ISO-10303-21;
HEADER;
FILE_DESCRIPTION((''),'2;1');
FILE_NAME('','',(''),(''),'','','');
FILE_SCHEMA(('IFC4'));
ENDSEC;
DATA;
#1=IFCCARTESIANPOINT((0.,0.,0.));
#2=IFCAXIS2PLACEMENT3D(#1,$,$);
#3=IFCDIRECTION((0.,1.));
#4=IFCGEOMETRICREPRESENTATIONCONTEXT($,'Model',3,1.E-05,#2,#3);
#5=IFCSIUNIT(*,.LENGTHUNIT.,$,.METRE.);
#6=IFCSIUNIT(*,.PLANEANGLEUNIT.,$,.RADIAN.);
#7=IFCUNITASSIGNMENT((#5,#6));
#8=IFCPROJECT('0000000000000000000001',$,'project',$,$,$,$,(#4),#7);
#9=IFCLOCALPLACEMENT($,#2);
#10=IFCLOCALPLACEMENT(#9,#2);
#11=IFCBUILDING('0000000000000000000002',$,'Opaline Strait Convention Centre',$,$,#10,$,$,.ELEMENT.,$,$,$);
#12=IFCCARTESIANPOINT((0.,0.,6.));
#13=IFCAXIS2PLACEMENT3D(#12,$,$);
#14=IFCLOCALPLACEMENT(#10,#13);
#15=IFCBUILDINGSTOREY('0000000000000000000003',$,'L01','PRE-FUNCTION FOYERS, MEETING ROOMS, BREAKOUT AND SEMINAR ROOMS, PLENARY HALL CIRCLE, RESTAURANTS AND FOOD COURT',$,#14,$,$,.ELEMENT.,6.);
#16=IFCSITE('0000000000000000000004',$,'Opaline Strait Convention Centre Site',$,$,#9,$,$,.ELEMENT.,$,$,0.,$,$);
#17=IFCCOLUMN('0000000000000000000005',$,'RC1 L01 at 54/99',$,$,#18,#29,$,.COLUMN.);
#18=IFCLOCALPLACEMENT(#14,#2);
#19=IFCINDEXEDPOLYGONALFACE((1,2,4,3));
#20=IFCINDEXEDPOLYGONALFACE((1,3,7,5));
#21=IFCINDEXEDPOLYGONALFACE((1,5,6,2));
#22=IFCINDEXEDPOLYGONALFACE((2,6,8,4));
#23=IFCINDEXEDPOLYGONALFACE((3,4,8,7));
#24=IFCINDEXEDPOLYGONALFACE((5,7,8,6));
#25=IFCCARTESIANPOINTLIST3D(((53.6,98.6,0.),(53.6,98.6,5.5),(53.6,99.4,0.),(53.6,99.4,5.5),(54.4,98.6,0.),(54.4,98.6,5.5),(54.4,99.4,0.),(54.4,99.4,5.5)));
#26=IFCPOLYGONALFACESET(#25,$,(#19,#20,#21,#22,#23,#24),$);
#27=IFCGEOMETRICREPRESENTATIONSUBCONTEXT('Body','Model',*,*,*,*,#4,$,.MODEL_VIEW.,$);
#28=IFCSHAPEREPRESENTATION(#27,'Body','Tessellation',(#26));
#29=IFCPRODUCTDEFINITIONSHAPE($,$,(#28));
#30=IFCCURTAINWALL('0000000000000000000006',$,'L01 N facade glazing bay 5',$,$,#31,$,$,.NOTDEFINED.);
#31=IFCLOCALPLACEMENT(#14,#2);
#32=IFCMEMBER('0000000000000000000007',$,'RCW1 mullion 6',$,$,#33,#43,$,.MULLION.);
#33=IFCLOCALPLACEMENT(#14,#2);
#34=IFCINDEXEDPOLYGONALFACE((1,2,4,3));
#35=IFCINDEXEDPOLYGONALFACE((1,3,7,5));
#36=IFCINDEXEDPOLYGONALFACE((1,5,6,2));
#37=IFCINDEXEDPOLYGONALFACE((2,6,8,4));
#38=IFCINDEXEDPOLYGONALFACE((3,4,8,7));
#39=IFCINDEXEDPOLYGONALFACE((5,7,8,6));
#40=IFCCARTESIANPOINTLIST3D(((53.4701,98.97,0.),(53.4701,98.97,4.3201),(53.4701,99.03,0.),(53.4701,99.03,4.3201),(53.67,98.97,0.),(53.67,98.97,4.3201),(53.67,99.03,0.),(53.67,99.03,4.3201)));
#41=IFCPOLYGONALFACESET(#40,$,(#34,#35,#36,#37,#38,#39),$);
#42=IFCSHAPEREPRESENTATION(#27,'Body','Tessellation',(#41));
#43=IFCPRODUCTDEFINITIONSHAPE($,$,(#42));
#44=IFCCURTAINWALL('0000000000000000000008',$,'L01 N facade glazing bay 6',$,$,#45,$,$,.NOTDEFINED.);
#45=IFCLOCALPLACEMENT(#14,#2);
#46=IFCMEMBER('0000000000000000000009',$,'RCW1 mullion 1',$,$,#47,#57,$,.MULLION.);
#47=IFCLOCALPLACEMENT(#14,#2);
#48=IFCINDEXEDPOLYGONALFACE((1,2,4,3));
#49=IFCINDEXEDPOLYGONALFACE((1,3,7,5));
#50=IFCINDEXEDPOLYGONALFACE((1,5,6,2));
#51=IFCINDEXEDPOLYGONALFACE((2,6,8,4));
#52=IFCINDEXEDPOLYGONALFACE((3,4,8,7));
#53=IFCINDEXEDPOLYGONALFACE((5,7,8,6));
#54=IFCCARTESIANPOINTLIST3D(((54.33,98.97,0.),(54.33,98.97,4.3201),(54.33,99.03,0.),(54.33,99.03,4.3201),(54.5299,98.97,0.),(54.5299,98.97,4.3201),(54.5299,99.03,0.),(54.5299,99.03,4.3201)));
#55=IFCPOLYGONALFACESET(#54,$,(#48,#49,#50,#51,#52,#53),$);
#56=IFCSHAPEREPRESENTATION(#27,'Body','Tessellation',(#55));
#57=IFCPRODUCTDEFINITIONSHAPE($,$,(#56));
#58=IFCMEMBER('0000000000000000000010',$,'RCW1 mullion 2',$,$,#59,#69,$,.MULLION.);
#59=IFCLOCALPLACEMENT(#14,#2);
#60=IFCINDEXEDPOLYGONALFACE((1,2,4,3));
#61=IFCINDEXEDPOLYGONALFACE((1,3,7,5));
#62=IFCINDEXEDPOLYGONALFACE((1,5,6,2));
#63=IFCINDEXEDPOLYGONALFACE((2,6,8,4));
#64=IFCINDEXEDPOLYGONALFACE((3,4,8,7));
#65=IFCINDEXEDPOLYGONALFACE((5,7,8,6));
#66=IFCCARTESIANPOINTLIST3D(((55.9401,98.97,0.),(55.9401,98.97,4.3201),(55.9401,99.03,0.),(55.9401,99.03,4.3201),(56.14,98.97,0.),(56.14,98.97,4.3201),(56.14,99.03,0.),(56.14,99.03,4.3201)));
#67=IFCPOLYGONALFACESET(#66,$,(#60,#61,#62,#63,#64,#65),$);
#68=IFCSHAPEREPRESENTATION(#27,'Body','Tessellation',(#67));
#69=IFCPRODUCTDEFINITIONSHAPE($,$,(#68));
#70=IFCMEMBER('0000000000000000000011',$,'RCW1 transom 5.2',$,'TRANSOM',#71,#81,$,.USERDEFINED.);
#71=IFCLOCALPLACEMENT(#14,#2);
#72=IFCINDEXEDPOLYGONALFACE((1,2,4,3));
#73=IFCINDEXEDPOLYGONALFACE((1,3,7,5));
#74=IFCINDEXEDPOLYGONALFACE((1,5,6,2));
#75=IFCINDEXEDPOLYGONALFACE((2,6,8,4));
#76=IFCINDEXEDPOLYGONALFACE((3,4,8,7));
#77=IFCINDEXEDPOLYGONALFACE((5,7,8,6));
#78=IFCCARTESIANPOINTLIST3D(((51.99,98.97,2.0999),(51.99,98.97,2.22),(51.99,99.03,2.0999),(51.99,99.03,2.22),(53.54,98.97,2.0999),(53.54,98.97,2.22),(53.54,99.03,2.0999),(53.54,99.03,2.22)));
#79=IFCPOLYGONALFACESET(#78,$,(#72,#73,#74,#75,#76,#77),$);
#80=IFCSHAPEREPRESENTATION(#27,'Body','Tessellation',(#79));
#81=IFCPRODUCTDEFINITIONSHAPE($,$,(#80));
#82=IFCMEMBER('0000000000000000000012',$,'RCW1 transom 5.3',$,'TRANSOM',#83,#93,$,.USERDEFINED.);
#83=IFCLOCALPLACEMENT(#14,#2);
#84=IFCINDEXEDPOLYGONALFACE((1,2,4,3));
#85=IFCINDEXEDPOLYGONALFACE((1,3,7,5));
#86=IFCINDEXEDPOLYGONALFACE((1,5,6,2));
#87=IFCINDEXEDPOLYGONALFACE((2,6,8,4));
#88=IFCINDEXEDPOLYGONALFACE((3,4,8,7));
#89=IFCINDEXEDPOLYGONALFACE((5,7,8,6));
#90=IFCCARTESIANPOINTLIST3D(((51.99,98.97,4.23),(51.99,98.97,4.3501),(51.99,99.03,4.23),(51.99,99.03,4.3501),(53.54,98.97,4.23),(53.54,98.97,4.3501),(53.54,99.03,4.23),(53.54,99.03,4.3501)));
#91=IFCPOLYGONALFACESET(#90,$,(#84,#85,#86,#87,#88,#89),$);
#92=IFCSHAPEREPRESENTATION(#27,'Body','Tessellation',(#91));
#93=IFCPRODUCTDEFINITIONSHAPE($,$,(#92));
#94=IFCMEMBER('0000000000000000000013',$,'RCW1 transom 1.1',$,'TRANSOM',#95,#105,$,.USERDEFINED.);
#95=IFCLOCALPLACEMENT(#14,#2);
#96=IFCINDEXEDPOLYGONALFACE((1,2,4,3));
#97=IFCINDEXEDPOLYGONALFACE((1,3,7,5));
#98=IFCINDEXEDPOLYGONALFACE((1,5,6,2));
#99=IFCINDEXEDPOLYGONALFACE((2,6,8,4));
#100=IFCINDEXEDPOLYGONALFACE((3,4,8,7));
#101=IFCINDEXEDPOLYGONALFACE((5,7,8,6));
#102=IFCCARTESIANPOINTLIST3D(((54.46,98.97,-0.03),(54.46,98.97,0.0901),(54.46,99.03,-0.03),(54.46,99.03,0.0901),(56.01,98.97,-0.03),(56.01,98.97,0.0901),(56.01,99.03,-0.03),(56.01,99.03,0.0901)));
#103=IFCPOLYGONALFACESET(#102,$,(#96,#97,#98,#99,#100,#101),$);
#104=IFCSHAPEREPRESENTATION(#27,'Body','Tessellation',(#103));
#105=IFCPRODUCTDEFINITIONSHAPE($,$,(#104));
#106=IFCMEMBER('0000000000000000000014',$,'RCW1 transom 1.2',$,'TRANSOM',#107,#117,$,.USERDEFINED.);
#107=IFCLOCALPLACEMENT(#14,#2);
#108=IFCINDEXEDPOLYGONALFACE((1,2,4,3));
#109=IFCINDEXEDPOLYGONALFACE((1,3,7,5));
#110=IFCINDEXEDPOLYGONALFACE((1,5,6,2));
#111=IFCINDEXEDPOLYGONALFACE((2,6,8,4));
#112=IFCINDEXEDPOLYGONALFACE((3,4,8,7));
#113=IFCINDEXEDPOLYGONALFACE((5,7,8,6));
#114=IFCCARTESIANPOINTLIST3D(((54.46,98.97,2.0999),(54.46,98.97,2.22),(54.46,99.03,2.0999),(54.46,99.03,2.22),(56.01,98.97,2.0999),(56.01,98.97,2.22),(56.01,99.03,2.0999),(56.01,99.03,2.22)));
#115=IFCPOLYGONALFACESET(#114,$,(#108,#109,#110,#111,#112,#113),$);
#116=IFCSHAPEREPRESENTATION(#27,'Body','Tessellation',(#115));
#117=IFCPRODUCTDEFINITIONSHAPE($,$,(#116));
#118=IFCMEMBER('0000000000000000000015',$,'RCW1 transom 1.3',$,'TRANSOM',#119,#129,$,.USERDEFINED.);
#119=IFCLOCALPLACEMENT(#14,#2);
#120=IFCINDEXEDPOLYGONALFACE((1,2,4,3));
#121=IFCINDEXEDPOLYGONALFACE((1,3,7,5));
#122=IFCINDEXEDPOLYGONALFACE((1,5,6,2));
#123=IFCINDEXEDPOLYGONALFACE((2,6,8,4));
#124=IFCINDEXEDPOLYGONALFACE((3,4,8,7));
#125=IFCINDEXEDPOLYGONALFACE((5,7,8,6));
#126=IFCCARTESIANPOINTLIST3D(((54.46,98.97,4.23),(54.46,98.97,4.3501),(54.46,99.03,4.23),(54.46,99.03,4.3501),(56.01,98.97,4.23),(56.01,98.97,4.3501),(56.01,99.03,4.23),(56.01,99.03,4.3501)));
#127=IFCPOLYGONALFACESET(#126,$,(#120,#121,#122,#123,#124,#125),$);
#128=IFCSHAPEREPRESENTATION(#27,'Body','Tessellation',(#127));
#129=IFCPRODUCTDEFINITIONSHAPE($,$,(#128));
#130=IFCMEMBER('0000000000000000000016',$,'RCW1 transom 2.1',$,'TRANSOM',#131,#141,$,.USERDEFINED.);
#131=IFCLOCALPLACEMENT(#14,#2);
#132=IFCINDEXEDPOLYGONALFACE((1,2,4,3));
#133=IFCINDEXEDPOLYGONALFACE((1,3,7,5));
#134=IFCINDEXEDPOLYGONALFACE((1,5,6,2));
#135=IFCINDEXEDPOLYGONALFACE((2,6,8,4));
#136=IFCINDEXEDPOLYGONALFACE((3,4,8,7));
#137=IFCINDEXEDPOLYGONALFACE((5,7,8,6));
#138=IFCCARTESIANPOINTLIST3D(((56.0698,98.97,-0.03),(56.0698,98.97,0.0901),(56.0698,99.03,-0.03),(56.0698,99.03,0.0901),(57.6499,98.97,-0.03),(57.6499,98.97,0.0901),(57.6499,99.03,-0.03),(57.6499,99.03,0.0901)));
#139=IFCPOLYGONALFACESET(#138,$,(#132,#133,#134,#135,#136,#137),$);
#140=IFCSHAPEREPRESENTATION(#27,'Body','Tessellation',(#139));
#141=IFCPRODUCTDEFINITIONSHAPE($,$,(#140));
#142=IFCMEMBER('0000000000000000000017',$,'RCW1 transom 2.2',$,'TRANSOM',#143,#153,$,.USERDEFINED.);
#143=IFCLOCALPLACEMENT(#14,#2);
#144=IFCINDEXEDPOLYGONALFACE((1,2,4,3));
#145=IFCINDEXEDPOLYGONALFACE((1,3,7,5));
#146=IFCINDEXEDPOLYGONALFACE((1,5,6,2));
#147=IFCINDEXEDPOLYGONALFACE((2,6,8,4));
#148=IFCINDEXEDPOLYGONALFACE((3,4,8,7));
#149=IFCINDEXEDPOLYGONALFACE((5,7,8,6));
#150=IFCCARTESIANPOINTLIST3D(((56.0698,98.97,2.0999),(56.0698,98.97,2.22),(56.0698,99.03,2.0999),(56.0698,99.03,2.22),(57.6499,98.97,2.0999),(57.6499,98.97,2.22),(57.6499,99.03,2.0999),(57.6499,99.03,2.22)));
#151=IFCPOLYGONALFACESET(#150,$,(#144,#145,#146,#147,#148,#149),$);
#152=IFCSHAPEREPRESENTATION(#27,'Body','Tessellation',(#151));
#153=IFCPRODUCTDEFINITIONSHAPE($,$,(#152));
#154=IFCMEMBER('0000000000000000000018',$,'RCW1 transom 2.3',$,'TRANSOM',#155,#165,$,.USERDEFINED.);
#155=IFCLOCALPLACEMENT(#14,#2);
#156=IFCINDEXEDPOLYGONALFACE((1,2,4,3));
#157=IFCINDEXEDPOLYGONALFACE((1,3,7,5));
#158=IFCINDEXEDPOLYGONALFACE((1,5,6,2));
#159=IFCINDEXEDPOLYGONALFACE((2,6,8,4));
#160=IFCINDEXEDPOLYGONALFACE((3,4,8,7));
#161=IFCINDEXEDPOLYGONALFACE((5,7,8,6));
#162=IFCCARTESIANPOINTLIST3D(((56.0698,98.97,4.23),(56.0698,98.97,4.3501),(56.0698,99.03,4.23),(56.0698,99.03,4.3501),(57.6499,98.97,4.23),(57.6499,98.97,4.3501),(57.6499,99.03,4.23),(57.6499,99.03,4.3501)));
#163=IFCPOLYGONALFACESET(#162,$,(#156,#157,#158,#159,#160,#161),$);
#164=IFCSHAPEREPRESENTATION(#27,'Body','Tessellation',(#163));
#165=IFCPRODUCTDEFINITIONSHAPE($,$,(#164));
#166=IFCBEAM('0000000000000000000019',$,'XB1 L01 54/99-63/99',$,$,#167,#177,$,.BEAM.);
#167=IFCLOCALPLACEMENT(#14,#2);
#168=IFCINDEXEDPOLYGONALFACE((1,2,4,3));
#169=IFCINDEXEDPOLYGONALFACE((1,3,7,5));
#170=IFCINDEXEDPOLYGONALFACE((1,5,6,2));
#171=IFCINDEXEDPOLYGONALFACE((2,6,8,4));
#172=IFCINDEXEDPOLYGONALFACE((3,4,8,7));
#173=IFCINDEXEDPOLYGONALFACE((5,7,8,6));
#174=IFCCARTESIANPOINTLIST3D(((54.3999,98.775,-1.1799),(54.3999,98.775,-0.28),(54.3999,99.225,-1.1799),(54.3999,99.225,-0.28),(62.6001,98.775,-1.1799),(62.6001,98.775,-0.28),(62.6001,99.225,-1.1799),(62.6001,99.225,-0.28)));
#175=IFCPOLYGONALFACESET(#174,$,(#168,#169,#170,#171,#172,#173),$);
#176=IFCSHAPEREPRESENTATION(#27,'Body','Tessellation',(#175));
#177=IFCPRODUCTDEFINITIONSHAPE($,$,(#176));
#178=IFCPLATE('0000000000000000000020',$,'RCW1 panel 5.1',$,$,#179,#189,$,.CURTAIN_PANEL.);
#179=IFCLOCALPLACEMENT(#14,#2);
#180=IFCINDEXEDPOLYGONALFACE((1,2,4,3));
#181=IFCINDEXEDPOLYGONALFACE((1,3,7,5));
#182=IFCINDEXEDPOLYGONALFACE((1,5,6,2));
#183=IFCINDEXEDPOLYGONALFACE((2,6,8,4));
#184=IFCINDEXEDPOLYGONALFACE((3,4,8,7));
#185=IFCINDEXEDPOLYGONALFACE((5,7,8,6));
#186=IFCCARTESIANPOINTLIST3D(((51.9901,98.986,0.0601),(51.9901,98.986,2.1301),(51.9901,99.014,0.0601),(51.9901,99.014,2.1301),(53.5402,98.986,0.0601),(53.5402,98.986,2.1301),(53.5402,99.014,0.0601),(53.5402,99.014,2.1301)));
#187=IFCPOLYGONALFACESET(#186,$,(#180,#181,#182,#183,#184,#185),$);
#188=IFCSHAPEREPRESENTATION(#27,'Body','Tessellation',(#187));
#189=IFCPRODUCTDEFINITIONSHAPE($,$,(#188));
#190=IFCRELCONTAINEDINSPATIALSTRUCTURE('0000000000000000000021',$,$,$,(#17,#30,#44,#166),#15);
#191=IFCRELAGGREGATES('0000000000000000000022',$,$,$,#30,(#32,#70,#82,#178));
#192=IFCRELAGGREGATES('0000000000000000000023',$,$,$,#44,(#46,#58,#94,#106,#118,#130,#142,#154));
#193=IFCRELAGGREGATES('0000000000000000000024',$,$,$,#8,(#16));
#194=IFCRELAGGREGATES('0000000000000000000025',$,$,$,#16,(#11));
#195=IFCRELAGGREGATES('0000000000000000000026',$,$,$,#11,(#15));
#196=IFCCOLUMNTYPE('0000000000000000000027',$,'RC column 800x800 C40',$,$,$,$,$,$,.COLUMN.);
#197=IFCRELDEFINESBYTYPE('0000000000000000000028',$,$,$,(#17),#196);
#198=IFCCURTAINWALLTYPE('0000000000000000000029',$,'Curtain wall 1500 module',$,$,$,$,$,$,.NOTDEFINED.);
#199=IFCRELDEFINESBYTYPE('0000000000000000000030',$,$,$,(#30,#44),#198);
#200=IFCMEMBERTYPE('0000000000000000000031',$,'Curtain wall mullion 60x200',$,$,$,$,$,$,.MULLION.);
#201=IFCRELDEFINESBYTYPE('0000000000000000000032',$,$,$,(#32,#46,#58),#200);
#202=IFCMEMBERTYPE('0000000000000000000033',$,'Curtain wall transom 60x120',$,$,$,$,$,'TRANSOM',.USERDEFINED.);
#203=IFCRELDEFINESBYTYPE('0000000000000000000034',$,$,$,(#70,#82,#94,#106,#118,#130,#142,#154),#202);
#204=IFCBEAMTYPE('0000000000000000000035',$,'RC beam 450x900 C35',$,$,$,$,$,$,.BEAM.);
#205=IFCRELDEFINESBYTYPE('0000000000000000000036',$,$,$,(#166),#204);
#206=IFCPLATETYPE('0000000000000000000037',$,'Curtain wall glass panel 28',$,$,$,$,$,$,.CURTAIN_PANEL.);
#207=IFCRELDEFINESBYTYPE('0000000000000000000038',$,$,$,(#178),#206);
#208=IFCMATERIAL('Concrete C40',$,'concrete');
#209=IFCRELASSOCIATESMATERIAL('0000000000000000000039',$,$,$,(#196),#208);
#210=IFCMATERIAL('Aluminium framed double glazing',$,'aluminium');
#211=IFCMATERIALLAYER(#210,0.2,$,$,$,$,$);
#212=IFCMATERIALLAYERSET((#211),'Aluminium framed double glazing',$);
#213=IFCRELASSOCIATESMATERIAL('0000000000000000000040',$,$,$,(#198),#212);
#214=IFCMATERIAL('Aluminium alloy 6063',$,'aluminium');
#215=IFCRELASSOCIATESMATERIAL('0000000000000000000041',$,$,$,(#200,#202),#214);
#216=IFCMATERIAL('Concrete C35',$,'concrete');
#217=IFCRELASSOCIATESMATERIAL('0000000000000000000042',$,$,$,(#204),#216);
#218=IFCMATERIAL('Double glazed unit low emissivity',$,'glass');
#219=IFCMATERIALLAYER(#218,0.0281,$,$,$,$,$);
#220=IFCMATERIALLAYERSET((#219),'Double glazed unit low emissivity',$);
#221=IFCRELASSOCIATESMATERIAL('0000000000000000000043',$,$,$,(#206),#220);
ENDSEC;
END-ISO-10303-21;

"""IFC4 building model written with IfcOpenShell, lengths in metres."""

from ifc_helpers import new_model, si_unit, direction, frame, origin, origin_2d, place, context, subcontext, project, spatial, rectangle, extrude, material, layer, layer_set, material_profile, profile_set, type_object, element, aggregate, save


model = new_model("IFC4")

# Units and contexts
model_context = context("Model", 3, precision=1e-05, world=origin(), true_north=direction((0.0, 1.0)))
body_context = subcontext(model_context, "Body", "Model", "MODEL_VIEW")
ifc_project = project(units=[si_unit("LENGTHUNIT", "METRE"), si_unit("PLANEANGLEUNIT", "RADIAN")], contexts=[model_context])

# Site, building, storey
site_placement = place(None, origin())
site = spatial("IfcSite", under=ifc_project, at=site_placement, Name="Opaline Strait Convention Centre Site", CompositionType="ELEMENT", RefElevation=0.0)
building_placement = place(site_placement, origin())
building = spatial("IfcBuilding", under=site, at=building_placement, Name="Opaline Strait Convention Centre", CompositionType="ELEMENT")
storey_placement = place(building_placement, frame((0.0, 0.0, 6.0)))
storey = spatial("IfcBuildingStorey", under=building, at=storey_placement, Name="L01", Description="PRE-FUNCTION FOYERS, MEETING ROOMS, BREAKOUT AND SEMINAR ROOMS, PLENARY HALL CIRCLE, RESTAURANTS AND FOOD COURT", CompositionType="ELEMENT", Elevation=6.0)

# Column
ifc_material_1 = material(Name="Concrete C40", Category="concrete")
ifc_material_profile_1 = material_profile(ifc_material_1, rectangle(XDim=0.8, YDim=0.8, at=origin_2d()), Name="RC 800x800")
ifc_profile_set_1 = profile_set([ifc_material_profile_1], Name="Concrete C40")
column_type = type_object("IfcColumnType", Name="RC column 800x800 C40", PredefinedType="COLUMN", material=ifc_profile_set_1)
column_placement = place(storey_placement, frame((54.0, 99.0, 0.0), z_axis=(0.0, 0.0, 1.0), x_axis=(1.0, 0.0, 0.0)))
element("IfcColumn", 1, at=column_placement, inside=storey, type_object=column_type, Name="RC1 L01 at 54/99", PredefinedType="COLUMN", context=body_context, shape_type="SweptSolid", body=[
    extrude(rectangle(XDim=0.8, YDim=0.8, at=origin_2d()), origin(), (0.0, 0.0, 1.0), 5.5),
])

# Curtain wall, member
ifc_material_2 = material(Name="Aluminium framed double glazing", Category="aluminium")
ifc_layer_1 = layer(ifc_material_2, 0.2)
ifc_layer_set_1 = layer_set([ifc_layer_1], Name="Aluminium framed double glazing")
curtain_wall_type = type_object("IfcCurtainWallType", Name="Curtain wall 1500 module", PredefinedType="NOTDEFINED", material=ifc_layer_set_1)
curtain_wall_1_placement = place(storey_placement, origin())
curtain_wall_1 = element("IfcCurtainWall", 2, at=curtain_wall_1_placement, inside=storey, type_object=curtain_wall_type, Name="L01 N facade glazing bay 5", PredefinedType="NOTDEFINED")
ifc_material_3 = material(Name="Aluminium alloy 6063", Category="aluminium")
ifc_material_profile_2 = material_profile(ifc_material_3, rectangle(XDim=0.0601, YDim=0.2, at=origin_2d()), Name="Curtain wall mullion 60x200")
ifc_profile_set_2 = profile_set([ifc_material_profile_2], Name="Aluminium alloy 6063")
member_type_1 = type_object("IfcMemberType", Name="Curtain wall mullion 60x200", PredefinedType="MULLION", material=ifc_profile_set_2)
member_1_placement = place(storey_placement, frame((53.5701, 99.0, 0.0), z_axis=(0.0, 0.0, 1.0), x_axis=(0.0, 1.0, 0.0)))
member_1 = element("IfcMember", 3, at=member_1_placement, type_object=member_type_1, Name="RCW1 mullion 6", PredefinedType="MULLION", context=body_context, shape_type="SweptSolid", body=[
    extrude(rectangle(XDim=0.0601, YDim=0.2, at=origin_2d()), origin(), (0.0, 0.0, 1.0), 4.3201),
])

# Curtain wall, members
curtain_wall_2_placement = place(storey_placement, origin())
curtain_wall_2 = element("IfcCurtainWall", 4, at=curtain_wall_2_placement, inside=storey, type_object=curtain_wall_type, Name="L01 N facade glazing bay 6", PredefinedType="NOTDEFINED")
member_2_placement = place(storey_placement, frame((54.4299, 99.0, 0.0), z_axis=(0.0, 0.0, 1.0), x_axis=(0.0, 1.0, 0.0)))
member_2 = element("IfcMember", 5, at=member_2_placement, type_object=member_type_1, Name="RCW1 mullion 1", PredefinedType="MULLION", context=body_context, shape_type="SweptSolid", body=[
    extrude(rectangle(XDim=0.0601, YDim=0.2, at=origin_2d()), origin(), (0.0, 0.0, 1.0), 4.3201),
])
member_3_placement = place(storey_placement, frame((56.04, 99.0, 0.0), z_axis=(0.0, 0.0, 1.0), x_axis=(0.0, 1.0, 0.0)))
member_3 = element("IfcMember", 6, at=member_3_placement, type_object=member_type_1, Name="RCW1 mullion 2", PredefinedType="MULLION", context=body_context, shape_type="SweptSolid", body=[
    extrude(rectangle(XDim=0.0601, YDim=0.2, at=origin_2d()), origin(), (0.0, 0.0, 1.0), 4.3201),
])

# Members
ifc_material_profile_3 = material_profile(ifc_material_3, rectangle(XDim=0.0601, YDim=0.1201, at=origin_2d()), Name="Curtain wall transom 60x120")
ifc_profile_set_3 = profile_set([ifc_material_profile_3], Name="Aluminium alloy 6063")
member_type_2 = type_object("IfcMemberType", Name="Curtain wall transom 60x120", ElementType="TRANSOM", PredefinedType="USERDEFINED", material=ifc_profile_set_3)
member_4_placement = place(storey_placement, frame((51.99, 99.0, 2.1599), z_axis=(1.0, 0.0, 0.0), x_axis=(0.0, 1.0, 0.0)))
member_4 = element("IfcMember", 7, at=member_4_placement, type_object=member_type_2, Name="RCW1 transom 5.2", ObjectType="TRANSOM", PredefinedType="USERDEFINED", context=body_context, shape_type="SweptSolid", body=[
    extrude(rectangle(XDim=0.0601, YDim=0.1201, at=origin_2d()), origin(), (0.0, 0.0, 1.0), 1.55),
])
member_5_placement = place(storey_placement, frame((51.99, 99.0, 4.29), z_axis=(1.0, 0.0, 0.0), x_axis=(0.0, 1.0, 0.0)))
member_5 = element("IfcMember", 8, at=member_5_placement, type_object=member_type_2, Name="RCW1 transom 5.3", ObjectType="TRANSOM", PredefinedType="USERDEFINED", context=body_context, shape_type="SweptSolid", body=[
    extrude(rectangle(XDim=0.0601, YDim=0.1201, at=origin_2d()), origin(), (0.0, 0.0, 1.0), 1.55),
])
member_6_placement = place(storey_placement, frame((54.46, 99.0, 0.03), z_axis=(1.0, 0.0, 0.0), x_axis=(0.0, 1.0, 0.0)))
member_6 = element("IfcMember", 9, at=member_6_placement, type_object=member_type_2, Name="RCW1 transom 1.1", ObjectType="TRANSOM", PredefinedType="USERDEFINED", context=body_context, shape_type="SweptSolid", body=[
    extrude(rectangle(XDim=0.0601, YDim=0.1201, at=origin_2d()), origin(), (0.0, 0.0, 1.0), 1.55),
])
member_7_placement = place(storey_placement, frame((54.46, 99.0, 2.1599), z_axis=(1.0, 0.0, 0.0), x_axis=(0.0, 1.0, 0.0)))
member_7 = element("IfcMember", 10, at=member_7_placement, type_object=member_type_2, Name="RCW1 transom 1.2", ObjectType="TRANSOM", PredefinedType="USERDEFINED", context=body_context, shape_type="SweptSolid", body=[
    extrude(rectangle(XDim=0.0601, YDim=0.1201, at=origin_2d()), origin(), (0.0, 0.0, 1.0), 1.55),
])
member_8_placement = place(storey_placement, frame((54.46, 99.0, 4.29), z_axis=(1.0, 0.0, 0.0), x_axis=(0.0, 1.0, 0.0)))
member_8 = element("IfcMember", 11, at=member_8_placement, type_object=member_type_2, Name="RCW1 transom 1.3", ObjectType="TRANSOM", PredefinedType="USERDEFINED", context=body_context, shape_type="SweptSolid", body=[
    extrude(rectangle(XDim=0.0601, YDim=0.1201, at=origin_2d()), origin(), (0.0, 0.0, 1.0), 1.55),
])
member_9_placement = place(storey_placement, frame((56.0698, 99.0, 0.03), z_axis=(1.0, 0.0, 0.0), x_axis=(0.0, 1.0, 0.0)))
member_9 = element("IfcMember", 12, at=member_9_placement, type_object=member_type_2, Name="RCW1 transom 2.1", ObjectType="TRANSOM", PredefinedType="USERDEFINED", context=body_context, shape_type="SweptSolid", body=[
    extrude(rectangle(XDim=0.0601, YDim=0.1201, at=origin_2d()), origin(), (0.0, 0.0, 1.0), 1.5801),
])
member_10_placement = place(storey_placement, frame((56.0698, 99.0, 2.1599), z_axis=(1.0, 0.0, 0.0), x_axis=(0.0, 1.0, 0.0)))
member_10 = element("IfcMember", 13, at=member_10_placement, type_object=member_type_2, Name="RCW1 transom 2.2", ObjectType="TRANSOM", PredefinedType="USERDEFINED", context=body_context, shape_type="SweptSolid", body=[
    extrude(rectangle(XDim=0.0601, YDim=0.1201, at=origin_2d()), origin(), (0.0, 0.0, 1.0), 1.5801),
])
member_11_placement = place(storey_placement, frame((56.0698, 99.0, 4.29), z_axis=(1.0, 0.0, 0.0), x_axis=(0.0, 1.0, 0.0)))
member_11 = element("IfcMember", 14, at=member_11_placement, type_object=member_type_2, Name="RCW1 transom 2.3", ObjectType="TRANSOM", PredefinedType="USERDEFINED", context=body_context, shape_type="SweptSolid", body=[
    extrude(rectangle(XDim=0.0601, YDim=0.1201, at=origin_2d()), origin(), (0.0, 0.0, 1.0), 1.5801),
])

# Beam
ifc_material_4 = material(Name="Concrete C35", Category="concrete")
ifc_material_profile_4 = material_profile(ifc_material_4, rectangle(XDim=0.45, YDim=0.8999, at=origin_2d()), Name="RC 450x900")
ifc_profile_set_4 = profile_set([ifc_material_profile_4], Name="Concrete C35")
beam_type = type_object("IfcBeamType", Name="RC beam 450x900 C35", PredefinedType="BEAM", material=ifc_profile_set_4)
beam_placement = place(storey_placement, frame((54.3999, 99.0, -0.73), z_axis=(1.0, 0.0, 0.0), x_axis=(0.0, 1.0, 0.0)))
element("IfcBeam", 15, at=beam_placement, inside=storey, type_object=beam_type, Name="XB1 L01 54/99-63/99", PredefinedType="BEAM", context=body_context, shape_type="SweptSolid", body=[
    extrude(rectangle(XDim=0.45, YDim=0.8999, at=origin_2d()), origin(), (0.0, 0.0, 1.0), 8.2002),
])

# Plate
ifc_material_5 = material(Name="Double glazed unit low emissivity", Category="glass")
ifc_layer_2 = layer(ifc_material_5, 0.0281)
ifc_layer_set_2 = layer_set([ifc_layer_2], Name="Double glazed unit low emissivity")
plate_type = type_object("IfcPlateType", Name="Curtain wall glass panel 28", PredefinedType="CURTAIN_PANEL", material=ifc_layer_set_2)
plate_1_placement = place(storey_placement, frame((52.7651, 99.0, 0.0601), z_axis=(0.0, 0.0, 1.0), x_axis=(1.0, 0.0, 0.0)))
plate_1 = element("IfcPlate", 16, at=plate_1_placement, type_object=plate_type, Name="RCW1 panel 5.1", PredefinedType="CURTAIN_PANEL", context=body_context, shape_type="SweptSolid", body=[
    extrude(rectangle(XDim=1.55, YDim=0.0281, at=origin_2d()), origin(), (0.0, 0.0, 1.0), 2.0701),
])
aggregate(curtain_wall_1, [member_1, member_4, member_5, plate_1])
aggregate(curtain_wall_2, [member_2, member_3, member_6, member_7, member_8, member_9, member_10, member_11])

save(model, "model.ifc")
